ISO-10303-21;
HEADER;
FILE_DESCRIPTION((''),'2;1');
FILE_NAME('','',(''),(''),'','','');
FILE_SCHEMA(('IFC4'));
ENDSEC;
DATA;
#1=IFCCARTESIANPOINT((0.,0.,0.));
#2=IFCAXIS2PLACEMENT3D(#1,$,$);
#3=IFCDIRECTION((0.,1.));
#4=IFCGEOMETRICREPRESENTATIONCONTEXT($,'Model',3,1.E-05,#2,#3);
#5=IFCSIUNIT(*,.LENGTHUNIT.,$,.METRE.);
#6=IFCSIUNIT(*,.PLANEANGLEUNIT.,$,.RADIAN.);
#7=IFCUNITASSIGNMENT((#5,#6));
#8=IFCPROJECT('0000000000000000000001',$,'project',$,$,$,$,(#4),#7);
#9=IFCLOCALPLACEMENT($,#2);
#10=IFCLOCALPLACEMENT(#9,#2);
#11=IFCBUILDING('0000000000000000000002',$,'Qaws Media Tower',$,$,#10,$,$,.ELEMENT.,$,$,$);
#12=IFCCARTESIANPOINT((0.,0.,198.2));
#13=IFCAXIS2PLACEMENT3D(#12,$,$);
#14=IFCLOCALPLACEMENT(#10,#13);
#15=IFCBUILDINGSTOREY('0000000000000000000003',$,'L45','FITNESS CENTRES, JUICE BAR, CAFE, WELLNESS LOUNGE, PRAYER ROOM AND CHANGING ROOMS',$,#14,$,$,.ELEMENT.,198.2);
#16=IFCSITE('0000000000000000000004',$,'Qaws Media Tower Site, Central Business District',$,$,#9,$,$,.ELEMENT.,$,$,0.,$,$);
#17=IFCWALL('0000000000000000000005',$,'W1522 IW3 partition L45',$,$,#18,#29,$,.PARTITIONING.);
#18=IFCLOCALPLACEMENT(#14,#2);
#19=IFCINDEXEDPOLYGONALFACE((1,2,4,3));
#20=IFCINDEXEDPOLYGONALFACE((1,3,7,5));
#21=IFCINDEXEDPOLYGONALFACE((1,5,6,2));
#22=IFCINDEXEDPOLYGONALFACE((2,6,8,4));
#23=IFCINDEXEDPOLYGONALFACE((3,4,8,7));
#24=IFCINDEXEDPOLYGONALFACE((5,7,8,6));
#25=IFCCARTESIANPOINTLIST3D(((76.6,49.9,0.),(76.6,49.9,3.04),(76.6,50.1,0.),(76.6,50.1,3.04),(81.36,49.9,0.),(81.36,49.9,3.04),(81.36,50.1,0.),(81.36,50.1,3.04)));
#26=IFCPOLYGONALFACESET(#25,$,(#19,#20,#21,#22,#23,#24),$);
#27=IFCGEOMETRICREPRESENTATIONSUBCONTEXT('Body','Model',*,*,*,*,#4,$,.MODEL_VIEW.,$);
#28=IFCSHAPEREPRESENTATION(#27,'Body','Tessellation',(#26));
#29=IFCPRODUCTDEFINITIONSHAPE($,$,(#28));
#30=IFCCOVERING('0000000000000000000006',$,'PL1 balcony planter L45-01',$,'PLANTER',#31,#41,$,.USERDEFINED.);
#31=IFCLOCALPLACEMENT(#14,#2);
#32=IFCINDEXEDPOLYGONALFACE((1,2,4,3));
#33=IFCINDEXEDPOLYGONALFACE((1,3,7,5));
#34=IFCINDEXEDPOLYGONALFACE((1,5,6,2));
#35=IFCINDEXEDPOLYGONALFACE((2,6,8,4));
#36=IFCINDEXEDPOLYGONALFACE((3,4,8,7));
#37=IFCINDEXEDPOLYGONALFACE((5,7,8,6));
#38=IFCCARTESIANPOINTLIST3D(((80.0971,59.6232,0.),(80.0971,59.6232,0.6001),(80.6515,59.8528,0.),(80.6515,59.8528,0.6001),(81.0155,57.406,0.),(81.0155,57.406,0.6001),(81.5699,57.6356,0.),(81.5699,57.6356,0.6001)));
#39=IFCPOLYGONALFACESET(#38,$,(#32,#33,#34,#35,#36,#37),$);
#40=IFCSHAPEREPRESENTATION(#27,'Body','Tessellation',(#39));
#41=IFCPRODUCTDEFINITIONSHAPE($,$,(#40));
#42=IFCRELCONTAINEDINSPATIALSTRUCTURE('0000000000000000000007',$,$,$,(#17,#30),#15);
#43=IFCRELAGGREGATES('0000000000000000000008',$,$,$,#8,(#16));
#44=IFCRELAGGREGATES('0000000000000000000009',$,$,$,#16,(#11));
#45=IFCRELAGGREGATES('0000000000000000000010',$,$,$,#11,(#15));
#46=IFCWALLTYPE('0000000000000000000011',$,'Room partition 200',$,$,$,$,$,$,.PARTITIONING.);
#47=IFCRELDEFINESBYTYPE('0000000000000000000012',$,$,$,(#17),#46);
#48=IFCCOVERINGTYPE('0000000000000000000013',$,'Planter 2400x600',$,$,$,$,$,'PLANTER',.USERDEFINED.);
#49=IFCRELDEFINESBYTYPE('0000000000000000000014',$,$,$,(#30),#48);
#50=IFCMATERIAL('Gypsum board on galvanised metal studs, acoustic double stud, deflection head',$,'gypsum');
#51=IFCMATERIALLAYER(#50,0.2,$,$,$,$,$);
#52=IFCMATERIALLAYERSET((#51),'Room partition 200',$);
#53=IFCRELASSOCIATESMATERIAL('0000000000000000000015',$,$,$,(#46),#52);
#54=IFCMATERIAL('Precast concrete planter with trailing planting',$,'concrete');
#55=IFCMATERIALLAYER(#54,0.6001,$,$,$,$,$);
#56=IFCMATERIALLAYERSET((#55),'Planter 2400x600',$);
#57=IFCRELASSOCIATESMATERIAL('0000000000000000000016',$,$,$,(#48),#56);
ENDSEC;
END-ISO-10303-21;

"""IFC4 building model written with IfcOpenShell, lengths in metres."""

from ifc_helpers import new_model, si_unit, direction, frame, frame_2d, origin, origin_2d, place, context, subcontext, project, spatial, rectangle, extrude, material, layer, layer_set, type_object, element, save


model = new_model("IFC4")

# Units and contexts
model_context = context("Model", 3, precision=1e-05, world=origin(), true_north=direction((0.0, 1.0)))
body_context = subcontext(model_context, "Body", "Model", "MODEL_VIEW")
ifc_project = project(units=[si_unit("LENGTHUNIT", "METRE"), si_unit("PLANEANGLEUNIT", "RADIAN")], contexts=[model_context])

# Site, building, storey
site_placement = place(None, origin())
site = spatial("IfcSite", under=ifc_project, at=site_placement, Name="Qaws Media Tower Site, Central Business District", CompositionType="ELEMENT", RefElevation=0.0)
building_placement = place(site_placement, origin())
building = spatial("IfcBuilding", under=site, at=building_placement, Name="Qaws Media Tower", CompositionType="ELEMENT")
storey_placement = place(building_placement, frame((0.0, 0.0, 198.2)))
storey = spatial("IfcBuildingStorey", under=building, at=storey_placement, Name="L45", Description="FITNESS CENTRES, JUICE BAR, CAFE, WELLNESS LOUNGE, PRAYER ROOM AND CHANGING ROOMS", CompositionType="ELEMENT", Elevation=198.2)

# Wall
ifc_material_1 = material(Name="Gypsum board on galvanised metal studs, acoustic double stud, deflection head", Category="gypsum")
ifc_layer_1 = layer(ifc_material_1, 0.2)
ifc_layer_set_1 = layer_set([ifc_layer_1], Name="Room partition 200")
wall_type_1 = type_object("IfcWallType", Name="Room partition 200", PredefinedType="PARTITIONING", material=ifc_layer_set_1)
wall_1_placement = place(storey_placement, frame((76.6001, 50.0, 0.0), z_axis=(0.0, 0.0, 1.0), x_axis=(1.0, 0.0, 0.0)))
element("IfcWall", 1, at=wall_1_placement, inside=storey, type_object=wall_type_1, Name="W1522 IW3 partition L45", PredefinedType="PARTITIONING", context=body_context, shape_type="SweptSolid", body=[
    extrude(rectangle(XDim=4.76, YDim=0.2, at=frame_2d((2.3799, 0.0))), origin(), (0.0, 0.0, 1.0), 3.04),
])

# Covering
ifc_material_2 = material(Name="Precast concrete planter with trailing planting", Category="concrete")
ifc_layer_2 = layer(ifc_material_2, 0.6001)
ifc_layer_set_2 = layer_set([ifc_layer_2], Name="Planter 2400x600")
covering_type = type_object("IfcCoveringType", Name="Planter 2400x600", ElementType="PLANTER", PredefinedType="USERDEFINED", material=ifc_layer_set_2)
covering_placement = place(storey_placement, frame((80.8335, 58.6294, 0.0), z_axis=(0.0, 0.0, 1.0), x_axis=(-0.382683, 0.92388, 0.0)))
element("IfcCovering", 2, at=covering_placement, inside=storey, type_object=covering_type, Name="PL1 balcony planter L45-01", ObjectType="PLANTER", PredefinedType="USERDEFINED", context=body_context, shape_type="SweptSolid", body=[
    extrude(rectangle(XDim=2.3999, YDim=0.6001, at=origin_2d()), origin(), (0.0, 0.0, 1.0), 0.6001),
])

save(model, "model.ifc")
